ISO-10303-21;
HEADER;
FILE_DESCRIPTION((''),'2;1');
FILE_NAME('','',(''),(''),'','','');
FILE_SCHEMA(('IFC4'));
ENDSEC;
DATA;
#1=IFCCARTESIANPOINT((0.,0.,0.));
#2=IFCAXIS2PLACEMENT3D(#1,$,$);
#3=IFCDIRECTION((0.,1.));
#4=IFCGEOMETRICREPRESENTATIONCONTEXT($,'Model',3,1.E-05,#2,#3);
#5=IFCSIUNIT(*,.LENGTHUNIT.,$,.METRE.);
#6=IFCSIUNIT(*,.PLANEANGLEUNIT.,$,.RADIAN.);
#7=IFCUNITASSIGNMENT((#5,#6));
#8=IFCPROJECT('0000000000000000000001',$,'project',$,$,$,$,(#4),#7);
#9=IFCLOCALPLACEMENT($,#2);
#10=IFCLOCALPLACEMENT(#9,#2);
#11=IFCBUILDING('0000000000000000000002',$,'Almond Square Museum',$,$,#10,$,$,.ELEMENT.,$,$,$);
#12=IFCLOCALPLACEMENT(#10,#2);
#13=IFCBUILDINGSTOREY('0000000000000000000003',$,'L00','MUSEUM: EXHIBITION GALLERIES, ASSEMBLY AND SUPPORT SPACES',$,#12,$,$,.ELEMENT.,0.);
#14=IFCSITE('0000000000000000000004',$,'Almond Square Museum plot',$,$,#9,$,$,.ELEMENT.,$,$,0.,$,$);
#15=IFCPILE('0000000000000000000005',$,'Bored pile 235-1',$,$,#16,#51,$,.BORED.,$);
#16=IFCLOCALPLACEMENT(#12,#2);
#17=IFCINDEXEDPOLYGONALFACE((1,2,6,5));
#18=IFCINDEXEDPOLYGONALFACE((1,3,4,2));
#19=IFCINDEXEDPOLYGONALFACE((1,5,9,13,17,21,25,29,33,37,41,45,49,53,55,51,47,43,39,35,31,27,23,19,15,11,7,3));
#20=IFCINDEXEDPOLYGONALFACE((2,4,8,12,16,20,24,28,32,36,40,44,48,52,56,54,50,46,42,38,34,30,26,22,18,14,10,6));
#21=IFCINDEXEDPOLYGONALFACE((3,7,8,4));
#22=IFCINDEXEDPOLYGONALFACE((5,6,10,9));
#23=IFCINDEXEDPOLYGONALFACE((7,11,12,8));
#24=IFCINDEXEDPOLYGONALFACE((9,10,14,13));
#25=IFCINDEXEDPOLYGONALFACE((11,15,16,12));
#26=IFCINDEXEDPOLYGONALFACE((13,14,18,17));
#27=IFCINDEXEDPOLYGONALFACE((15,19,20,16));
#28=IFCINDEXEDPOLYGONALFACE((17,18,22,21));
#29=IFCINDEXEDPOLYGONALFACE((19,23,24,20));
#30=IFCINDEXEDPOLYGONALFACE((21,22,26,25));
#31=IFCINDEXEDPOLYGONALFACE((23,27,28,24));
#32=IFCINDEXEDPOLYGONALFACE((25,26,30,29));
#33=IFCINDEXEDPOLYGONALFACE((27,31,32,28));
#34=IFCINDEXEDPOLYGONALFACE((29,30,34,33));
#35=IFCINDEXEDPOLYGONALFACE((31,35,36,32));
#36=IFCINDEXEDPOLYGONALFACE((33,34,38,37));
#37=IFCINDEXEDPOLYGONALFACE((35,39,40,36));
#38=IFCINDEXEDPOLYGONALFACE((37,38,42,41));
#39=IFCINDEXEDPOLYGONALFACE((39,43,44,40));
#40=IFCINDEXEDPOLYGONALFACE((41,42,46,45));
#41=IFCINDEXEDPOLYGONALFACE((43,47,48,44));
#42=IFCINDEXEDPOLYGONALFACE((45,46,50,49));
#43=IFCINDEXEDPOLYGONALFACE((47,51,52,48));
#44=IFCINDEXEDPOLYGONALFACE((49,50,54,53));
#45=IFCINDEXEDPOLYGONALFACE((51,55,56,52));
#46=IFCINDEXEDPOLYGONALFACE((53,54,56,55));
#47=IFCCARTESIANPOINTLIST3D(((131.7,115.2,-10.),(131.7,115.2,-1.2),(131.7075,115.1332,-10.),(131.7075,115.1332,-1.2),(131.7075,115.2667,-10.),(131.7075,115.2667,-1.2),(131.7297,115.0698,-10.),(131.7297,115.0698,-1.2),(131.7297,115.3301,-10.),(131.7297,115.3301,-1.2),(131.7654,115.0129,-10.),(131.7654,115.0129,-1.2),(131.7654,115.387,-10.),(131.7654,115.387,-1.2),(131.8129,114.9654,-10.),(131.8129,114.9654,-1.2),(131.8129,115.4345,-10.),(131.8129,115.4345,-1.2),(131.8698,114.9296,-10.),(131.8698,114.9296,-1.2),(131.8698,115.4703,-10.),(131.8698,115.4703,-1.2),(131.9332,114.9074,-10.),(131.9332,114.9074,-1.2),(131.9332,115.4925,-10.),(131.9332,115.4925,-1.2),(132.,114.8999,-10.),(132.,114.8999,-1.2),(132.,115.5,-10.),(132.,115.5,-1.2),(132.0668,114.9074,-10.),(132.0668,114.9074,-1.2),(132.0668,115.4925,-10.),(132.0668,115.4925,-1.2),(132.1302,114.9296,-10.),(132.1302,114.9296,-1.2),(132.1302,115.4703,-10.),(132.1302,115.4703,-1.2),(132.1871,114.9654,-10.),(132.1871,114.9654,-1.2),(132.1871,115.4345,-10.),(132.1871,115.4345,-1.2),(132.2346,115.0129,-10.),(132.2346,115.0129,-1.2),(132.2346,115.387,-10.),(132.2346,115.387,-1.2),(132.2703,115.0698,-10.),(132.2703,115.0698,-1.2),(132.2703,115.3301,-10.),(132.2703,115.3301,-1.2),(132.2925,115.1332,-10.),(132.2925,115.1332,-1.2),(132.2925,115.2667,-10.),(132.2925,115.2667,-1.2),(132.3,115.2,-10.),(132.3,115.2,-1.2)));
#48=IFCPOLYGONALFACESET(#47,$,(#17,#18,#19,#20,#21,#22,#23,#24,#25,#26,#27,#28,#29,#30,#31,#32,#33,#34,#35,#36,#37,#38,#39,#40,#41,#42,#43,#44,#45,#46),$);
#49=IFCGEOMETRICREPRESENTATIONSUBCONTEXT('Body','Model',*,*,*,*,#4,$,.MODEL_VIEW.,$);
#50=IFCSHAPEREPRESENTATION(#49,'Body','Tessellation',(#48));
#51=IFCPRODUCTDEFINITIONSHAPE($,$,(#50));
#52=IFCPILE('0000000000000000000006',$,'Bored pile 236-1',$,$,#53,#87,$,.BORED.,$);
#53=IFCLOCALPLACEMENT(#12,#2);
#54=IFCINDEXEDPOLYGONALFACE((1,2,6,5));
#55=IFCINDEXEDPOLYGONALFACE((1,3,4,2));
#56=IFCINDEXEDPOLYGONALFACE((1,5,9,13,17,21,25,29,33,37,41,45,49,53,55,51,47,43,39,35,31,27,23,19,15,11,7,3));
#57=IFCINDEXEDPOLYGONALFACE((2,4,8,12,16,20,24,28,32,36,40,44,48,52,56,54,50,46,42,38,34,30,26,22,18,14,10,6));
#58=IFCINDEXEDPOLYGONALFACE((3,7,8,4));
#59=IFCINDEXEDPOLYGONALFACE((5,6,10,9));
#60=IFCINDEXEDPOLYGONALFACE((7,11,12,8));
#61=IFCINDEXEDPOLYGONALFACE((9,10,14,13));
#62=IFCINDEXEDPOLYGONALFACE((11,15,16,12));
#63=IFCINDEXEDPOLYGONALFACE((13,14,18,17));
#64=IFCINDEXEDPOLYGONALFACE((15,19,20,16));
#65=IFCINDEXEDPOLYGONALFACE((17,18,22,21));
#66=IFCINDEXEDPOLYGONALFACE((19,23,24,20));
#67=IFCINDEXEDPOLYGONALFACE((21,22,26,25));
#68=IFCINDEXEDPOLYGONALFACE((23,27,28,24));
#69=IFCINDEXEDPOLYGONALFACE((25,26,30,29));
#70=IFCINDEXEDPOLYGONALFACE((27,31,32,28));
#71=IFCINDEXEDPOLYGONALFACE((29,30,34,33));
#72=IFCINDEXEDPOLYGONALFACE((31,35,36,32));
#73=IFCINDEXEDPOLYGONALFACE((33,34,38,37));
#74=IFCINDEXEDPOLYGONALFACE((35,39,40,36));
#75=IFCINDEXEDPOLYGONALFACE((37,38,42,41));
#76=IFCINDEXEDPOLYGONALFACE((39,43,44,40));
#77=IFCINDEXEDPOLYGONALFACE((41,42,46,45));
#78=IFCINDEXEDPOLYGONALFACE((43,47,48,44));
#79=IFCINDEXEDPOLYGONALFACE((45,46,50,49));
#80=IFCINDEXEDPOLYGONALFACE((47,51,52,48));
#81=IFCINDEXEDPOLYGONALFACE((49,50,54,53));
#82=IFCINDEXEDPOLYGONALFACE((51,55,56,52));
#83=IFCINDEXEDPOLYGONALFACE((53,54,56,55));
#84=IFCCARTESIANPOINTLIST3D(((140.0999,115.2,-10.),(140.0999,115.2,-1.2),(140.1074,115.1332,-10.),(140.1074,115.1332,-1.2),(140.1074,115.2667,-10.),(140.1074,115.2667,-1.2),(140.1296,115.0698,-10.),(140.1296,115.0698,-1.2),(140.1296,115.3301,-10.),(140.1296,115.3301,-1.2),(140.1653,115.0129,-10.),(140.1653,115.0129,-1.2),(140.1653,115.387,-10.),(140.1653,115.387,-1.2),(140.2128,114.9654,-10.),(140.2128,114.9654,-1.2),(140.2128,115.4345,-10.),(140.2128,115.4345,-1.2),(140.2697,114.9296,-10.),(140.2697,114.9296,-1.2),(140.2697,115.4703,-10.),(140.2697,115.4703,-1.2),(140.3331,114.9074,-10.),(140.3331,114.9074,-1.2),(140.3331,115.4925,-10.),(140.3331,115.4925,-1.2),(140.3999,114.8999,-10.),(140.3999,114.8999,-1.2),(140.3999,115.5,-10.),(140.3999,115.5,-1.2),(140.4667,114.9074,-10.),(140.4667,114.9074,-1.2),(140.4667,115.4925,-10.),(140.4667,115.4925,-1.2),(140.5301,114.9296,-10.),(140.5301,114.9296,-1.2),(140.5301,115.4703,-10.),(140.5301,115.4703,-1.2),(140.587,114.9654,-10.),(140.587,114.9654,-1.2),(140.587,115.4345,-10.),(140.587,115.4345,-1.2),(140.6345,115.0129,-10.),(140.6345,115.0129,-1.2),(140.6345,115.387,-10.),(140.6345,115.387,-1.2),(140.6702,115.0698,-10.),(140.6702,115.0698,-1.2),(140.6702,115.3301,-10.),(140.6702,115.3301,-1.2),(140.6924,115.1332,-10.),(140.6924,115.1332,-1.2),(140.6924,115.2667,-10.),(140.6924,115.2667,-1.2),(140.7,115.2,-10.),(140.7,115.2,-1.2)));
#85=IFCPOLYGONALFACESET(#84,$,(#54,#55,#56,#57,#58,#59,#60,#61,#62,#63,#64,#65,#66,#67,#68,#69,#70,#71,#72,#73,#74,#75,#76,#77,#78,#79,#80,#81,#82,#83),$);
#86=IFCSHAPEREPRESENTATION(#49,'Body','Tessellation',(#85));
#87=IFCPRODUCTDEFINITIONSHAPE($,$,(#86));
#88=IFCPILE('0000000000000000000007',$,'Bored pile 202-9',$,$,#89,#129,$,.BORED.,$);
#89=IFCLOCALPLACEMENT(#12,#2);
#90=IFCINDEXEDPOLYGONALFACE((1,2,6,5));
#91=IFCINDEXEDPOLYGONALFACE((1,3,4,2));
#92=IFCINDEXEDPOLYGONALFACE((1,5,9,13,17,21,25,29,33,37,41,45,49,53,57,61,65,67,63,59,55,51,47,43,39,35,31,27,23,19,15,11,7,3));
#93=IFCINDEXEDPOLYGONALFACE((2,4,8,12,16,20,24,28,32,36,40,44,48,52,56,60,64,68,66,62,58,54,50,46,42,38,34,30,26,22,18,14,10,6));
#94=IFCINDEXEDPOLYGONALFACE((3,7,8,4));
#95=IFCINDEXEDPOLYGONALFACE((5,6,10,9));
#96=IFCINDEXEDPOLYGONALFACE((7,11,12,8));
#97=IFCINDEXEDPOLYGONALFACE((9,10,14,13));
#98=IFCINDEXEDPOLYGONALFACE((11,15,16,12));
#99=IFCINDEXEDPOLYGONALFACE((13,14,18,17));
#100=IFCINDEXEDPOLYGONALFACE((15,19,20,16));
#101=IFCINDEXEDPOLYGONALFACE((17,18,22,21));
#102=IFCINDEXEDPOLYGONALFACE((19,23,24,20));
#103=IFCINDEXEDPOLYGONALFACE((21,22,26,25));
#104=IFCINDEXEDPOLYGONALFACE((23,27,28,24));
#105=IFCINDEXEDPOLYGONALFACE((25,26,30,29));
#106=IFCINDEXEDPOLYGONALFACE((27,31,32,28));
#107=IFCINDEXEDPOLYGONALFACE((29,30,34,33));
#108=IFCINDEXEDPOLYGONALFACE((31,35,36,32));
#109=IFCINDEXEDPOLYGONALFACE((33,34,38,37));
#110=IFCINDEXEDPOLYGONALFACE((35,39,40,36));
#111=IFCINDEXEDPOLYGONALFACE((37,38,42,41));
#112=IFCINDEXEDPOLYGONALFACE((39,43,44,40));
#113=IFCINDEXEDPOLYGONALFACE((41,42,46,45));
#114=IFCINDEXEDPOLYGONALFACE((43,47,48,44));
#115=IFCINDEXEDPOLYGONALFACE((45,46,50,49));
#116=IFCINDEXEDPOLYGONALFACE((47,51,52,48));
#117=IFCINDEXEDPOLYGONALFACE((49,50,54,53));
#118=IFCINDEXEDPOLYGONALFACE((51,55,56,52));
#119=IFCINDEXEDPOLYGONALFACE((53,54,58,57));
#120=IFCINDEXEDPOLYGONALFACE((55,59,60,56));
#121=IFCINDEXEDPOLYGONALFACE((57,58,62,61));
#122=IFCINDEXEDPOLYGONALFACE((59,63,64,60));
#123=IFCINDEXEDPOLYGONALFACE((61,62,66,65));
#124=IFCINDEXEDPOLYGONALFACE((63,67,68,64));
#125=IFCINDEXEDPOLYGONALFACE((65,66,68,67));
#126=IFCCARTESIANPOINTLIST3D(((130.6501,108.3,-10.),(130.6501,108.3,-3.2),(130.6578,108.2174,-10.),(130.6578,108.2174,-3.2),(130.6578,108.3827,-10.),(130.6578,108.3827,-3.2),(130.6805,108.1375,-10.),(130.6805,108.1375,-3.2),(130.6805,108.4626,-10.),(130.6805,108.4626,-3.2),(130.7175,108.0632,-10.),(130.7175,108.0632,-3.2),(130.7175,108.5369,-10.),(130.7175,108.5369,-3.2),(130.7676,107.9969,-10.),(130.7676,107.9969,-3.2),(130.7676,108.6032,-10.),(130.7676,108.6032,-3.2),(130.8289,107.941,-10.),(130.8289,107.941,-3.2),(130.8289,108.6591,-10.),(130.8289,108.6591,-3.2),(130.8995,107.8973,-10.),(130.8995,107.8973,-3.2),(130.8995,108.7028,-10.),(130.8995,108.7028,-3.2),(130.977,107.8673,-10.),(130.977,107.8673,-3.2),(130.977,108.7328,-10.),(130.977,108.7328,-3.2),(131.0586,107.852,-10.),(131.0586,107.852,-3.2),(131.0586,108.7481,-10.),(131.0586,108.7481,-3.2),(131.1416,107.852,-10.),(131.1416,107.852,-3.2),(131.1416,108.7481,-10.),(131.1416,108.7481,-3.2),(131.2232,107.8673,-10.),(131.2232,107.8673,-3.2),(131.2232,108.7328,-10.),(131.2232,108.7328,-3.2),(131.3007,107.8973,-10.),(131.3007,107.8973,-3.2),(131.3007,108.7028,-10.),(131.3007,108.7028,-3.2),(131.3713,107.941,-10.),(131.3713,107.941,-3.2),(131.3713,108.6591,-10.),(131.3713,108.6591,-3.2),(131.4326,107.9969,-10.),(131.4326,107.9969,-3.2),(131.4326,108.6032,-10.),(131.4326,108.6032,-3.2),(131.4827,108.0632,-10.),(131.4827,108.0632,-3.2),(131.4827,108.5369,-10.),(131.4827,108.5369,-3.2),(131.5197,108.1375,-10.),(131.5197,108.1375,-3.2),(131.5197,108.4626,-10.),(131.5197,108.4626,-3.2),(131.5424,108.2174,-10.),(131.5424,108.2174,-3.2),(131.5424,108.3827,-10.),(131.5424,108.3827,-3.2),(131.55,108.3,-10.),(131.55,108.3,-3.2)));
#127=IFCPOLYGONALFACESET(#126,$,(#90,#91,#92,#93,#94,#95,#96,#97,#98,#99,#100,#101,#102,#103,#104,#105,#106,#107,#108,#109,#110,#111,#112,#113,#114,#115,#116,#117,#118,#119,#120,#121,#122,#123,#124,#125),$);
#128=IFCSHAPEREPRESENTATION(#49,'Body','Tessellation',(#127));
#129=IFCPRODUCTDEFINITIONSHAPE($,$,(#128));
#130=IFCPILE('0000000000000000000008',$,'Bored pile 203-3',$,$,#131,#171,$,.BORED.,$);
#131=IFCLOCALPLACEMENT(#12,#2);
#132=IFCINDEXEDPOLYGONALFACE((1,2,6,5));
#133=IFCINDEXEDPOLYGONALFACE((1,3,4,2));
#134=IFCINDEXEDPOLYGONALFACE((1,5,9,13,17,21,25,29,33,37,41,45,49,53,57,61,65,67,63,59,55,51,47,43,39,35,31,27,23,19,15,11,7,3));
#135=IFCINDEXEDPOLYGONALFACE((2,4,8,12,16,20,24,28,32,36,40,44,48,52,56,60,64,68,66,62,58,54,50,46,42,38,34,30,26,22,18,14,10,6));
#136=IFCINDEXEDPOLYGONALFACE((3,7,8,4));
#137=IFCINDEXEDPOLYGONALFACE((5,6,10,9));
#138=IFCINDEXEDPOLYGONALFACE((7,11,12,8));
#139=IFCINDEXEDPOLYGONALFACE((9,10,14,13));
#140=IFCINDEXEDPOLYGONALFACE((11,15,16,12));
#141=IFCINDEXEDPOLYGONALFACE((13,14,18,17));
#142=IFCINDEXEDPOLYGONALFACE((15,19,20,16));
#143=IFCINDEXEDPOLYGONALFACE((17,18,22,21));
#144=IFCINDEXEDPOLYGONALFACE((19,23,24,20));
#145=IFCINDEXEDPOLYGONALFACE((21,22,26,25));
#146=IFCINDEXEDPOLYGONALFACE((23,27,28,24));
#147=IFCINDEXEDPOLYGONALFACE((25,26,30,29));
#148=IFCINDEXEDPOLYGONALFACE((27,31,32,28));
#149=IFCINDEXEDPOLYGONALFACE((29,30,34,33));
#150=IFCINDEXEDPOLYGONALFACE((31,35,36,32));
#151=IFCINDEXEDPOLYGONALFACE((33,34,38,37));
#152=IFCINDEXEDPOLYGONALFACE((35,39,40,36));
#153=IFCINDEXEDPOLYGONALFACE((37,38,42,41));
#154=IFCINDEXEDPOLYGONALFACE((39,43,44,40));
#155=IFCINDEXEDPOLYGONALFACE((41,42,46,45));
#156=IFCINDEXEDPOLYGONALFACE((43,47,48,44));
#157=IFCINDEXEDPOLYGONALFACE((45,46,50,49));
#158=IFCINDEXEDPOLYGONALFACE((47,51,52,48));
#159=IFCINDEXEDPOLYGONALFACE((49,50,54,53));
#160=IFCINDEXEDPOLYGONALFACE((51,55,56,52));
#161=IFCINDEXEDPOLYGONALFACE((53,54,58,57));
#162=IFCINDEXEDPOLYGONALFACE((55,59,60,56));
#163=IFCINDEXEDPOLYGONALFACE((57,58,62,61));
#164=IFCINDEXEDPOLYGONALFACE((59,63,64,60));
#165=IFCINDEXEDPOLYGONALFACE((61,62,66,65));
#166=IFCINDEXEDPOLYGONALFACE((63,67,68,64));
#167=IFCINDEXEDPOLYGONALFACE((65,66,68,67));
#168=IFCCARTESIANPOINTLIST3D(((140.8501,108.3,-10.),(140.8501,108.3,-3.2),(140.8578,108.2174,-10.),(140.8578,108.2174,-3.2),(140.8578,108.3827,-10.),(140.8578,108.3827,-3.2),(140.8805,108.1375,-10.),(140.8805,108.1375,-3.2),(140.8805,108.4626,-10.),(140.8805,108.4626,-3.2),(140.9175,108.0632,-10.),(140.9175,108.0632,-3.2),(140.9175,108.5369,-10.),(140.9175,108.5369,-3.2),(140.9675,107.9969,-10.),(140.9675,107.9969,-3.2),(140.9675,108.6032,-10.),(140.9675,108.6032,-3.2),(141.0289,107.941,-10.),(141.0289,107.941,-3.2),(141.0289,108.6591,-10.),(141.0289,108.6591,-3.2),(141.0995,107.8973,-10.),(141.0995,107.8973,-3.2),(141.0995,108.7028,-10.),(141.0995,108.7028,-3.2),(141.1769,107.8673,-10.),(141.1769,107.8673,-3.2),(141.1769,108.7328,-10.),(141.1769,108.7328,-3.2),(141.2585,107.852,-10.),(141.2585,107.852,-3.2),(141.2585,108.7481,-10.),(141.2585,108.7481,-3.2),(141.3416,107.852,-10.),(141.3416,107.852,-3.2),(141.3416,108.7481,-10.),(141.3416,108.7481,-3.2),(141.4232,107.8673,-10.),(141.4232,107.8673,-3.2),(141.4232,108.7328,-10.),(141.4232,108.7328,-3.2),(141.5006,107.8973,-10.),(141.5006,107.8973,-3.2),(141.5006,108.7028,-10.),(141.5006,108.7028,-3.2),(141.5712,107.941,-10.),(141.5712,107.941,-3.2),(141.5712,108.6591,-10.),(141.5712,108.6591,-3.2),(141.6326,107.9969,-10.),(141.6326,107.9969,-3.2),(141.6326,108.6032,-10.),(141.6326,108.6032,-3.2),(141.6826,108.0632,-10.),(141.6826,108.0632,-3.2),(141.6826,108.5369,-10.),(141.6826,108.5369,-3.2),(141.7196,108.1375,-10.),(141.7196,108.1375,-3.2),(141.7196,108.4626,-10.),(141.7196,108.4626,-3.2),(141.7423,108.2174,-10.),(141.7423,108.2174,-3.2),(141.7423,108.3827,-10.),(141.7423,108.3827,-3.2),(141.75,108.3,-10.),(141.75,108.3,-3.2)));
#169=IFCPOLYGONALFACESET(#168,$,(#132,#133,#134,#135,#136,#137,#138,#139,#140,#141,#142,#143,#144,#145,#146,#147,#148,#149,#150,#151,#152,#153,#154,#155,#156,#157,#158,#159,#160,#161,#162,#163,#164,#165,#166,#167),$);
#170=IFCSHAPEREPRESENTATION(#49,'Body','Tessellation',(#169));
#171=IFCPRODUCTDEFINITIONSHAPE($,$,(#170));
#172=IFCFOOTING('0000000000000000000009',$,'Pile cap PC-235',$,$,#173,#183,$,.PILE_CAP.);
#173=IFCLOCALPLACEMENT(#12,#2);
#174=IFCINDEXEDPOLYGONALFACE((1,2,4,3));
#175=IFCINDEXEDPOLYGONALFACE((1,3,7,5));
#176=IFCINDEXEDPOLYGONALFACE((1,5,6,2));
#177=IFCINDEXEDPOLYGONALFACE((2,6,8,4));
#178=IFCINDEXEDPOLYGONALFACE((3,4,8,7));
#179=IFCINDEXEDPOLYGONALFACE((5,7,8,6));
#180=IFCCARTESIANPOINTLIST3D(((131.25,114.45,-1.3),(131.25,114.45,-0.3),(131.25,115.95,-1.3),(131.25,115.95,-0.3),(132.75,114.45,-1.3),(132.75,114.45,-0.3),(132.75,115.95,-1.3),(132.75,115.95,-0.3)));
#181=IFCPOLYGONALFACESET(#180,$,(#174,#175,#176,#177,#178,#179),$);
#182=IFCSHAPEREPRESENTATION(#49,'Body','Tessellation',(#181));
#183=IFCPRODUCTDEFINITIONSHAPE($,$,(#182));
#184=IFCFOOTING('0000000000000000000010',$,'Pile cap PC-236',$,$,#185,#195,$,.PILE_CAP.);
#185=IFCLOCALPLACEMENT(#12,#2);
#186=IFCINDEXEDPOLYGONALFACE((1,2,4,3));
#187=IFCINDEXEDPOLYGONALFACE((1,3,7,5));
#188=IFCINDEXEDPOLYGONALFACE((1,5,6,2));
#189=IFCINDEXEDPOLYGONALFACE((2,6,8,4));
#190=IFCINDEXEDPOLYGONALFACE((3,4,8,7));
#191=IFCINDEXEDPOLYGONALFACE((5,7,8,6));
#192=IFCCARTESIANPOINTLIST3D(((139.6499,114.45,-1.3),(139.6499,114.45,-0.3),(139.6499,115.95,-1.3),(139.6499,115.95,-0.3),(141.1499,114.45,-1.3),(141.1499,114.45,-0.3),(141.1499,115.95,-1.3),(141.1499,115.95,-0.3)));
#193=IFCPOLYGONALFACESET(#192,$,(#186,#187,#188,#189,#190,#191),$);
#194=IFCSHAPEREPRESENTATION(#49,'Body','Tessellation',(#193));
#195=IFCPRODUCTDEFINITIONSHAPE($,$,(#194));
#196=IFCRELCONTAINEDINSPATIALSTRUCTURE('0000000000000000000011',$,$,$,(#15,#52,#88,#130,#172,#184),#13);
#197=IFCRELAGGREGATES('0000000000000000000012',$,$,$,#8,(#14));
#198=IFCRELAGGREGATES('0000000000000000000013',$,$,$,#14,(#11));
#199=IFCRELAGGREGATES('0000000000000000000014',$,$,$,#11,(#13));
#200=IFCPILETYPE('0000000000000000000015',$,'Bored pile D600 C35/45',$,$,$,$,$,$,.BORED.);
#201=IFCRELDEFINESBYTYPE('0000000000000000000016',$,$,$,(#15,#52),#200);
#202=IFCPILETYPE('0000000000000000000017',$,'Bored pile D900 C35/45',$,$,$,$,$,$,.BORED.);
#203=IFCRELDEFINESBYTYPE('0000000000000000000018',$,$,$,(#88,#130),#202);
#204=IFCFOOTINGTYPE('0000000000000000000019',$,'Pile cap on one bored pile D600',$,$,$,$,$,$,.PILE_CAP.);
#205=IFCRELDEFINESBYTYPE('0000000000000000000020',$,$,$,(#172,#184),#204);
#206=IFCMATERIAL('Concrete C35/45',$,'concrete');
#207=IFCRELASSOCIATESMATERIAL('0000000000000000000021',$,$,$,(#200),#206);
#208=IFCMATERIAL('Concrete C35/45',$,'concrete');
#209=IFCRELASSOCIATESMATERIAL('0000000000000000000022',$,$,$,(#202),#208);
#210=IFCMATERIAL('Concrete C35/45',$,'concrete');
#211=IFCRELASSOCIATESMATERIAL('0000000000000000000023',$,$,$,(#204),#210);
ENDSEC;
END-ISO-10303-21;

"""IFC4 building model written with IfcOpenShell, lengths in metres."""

from ifc_helpers import new_model, si_unit, direction, frame, origin, origin_2d, place, context, subcontext, project, spatial, rectangle, circle, extrude, material, material_profile, profile_set, type_object, element, save


model = new_model("IFC4")

# Units and contexts
model_context = context("Model", 3, precision=1e-05, world=origin(), true_north=direction((0.0, 1.0)))
body_context = subcontext(model_context, "Body", "Model", "MODEL_VIEW")
ifc_project = project(units=[si_unit("LENGTHUNIT", "METRE"), si_unit("PLANEANGLEUNIT", "RADIAN")], contexts=[model_context])

# Site, building, storey
site_placement = place(None, origin())
site = spatial("IfcSite", under=ifc_project, at=site_placement, Name="Almond Square Museum plot", CompositionType="ELEMENT", RefElevation=0.0)
building_placement = place(site_placement, origin())
building = spatial("IfcBuilding", under=site, at=building_placement, Name="Almond Square Museum", CompositionType="ELEMENT")
storey_placement = place(building_placement, origin())
storey = spatial("IfcBuildingStorey", under=building, at=storey_placement, Name="L00", Description="MUSEUM: EXHIBITION GALLERIES, ASSEMBLY AND SUPPORT SPACES", CompositionType="ELEMENT", Elevation=0.0)

# Piles
ifc_material_1 = material(Name="Concrete C35/45", Category="concrete")
ifc_material_profile_1 = material_profile(ifc_material_1, circle(Radius=0.3, at=origin_2d()))
ifc_profile_set_1 = profile_set([ifc_material_profile_1], Name="Concrete C35/45")
pile_type_1 = type_object("IfcPileType", Name="Bored pile D600 C35/45", PredefinedType="BORED", material=ifc_profile_set_1)
for number, where, z_axis, x_axis, name in (
    (1, (132.0, 115.2, -1.2), (0.0, 0.0, -1.0), (1.0, 0.0, 0.0), "Bored pile 235-1"),
    (2, (140.3999, 115.2, -1.2), (0.0, 0.0, -1.0), (1.0, 0.0, 0.0), "Bored pile 236-1"),
):
    element("IfcPile", number, at=place(storey_placement, frame(where, z_axis=z_axis, x_axis=x_axis)), inside=storey, type_object=pile_type_1, Name=name, PredefinedType="BORED", context=body_context, shape_type="SweptSolid", body=[
        extrude(circle(Radius=0.3, at=origin_2d()), origin(), (0.0, 0.0, 1.0), 8.8),
    ])
ifc_material_2 = material(Name="Concrete C35/45", Category="concrete")
ifc_material_profile_2 = material_profile(ifc_material_2, circle(Radius=0.45, at=origin_2d()))
ifc_profile_set_2 = profile_set([ifc_material_profile_2], Name="Concrete C35/45")
pile_type_2 = type_object("IfcPileType", Name="Bored pile D900 C35/45", PredefinedType="BORED", material=ifc_profile_set_2)
for number, where, z_axis, x_axis, name in (
    (3, (131.1001, 108.3, -3.2), (0.0, 0.0, -1.0), (1.0, 0.0, 0.0), "Bored pile 202-9"),
    (4, (141.3, 108.3, -3.2), (0.0, 0.0, -1.0), (1.0, 0.0, 0.0), "Bored pile 203-3"),
):
    element("IfcPile", number, at=place(storey_placement, frame(where, z_axis=z_axis, x_axis=x_axis)), inside=storey, type_object=pile_type_2, Name=name, PredefinedType="BORED", context=body_context, shape_type="SweptSolid", body=[
        extrude(circle(Radius=0.45, at=origin_2d()), origin(), (0.0, 0.0, 1.0), 6.8),
    ])

# Footings
ifc_material_3 = material(Name="Concrete C35/45", Category="concrete")
footing_type = type_object("IfcFootingType", Name="Pile cap on one bored pile D600", PredefinedType="PILE_CAP", material=ifc_material_3)
for number, where, z_axis, x_axis, name in (
    (5, (132.0, 115.2, -1.3), (0.0, 0.0, 1.0), (1.0, 0.0, 0.0), "Pile cap PC-235"),
    (6, (140.3999, 115.2, -1.3), (0.0, 0.0, 1.0), (1.0, 0.0, 0.0), "Pile cap PC-236"),
):
    element("IfcFooting", number, at=place(storey_placement, frame(where, z_axis=z_axis, x_axis=x_axis)), inside=storey, type_object=footing_type, Name=name, PredefinedType="PILE_CAP", context=body_context, shape_type="SweptSolid", body=[
        extrude(rectangle(XDim=1.5, YDim=1.5, at=origin_2d()), origin(), (0.0, 0.0, 1.0), 1.0),
    ])

save(model, "model.ifc")
